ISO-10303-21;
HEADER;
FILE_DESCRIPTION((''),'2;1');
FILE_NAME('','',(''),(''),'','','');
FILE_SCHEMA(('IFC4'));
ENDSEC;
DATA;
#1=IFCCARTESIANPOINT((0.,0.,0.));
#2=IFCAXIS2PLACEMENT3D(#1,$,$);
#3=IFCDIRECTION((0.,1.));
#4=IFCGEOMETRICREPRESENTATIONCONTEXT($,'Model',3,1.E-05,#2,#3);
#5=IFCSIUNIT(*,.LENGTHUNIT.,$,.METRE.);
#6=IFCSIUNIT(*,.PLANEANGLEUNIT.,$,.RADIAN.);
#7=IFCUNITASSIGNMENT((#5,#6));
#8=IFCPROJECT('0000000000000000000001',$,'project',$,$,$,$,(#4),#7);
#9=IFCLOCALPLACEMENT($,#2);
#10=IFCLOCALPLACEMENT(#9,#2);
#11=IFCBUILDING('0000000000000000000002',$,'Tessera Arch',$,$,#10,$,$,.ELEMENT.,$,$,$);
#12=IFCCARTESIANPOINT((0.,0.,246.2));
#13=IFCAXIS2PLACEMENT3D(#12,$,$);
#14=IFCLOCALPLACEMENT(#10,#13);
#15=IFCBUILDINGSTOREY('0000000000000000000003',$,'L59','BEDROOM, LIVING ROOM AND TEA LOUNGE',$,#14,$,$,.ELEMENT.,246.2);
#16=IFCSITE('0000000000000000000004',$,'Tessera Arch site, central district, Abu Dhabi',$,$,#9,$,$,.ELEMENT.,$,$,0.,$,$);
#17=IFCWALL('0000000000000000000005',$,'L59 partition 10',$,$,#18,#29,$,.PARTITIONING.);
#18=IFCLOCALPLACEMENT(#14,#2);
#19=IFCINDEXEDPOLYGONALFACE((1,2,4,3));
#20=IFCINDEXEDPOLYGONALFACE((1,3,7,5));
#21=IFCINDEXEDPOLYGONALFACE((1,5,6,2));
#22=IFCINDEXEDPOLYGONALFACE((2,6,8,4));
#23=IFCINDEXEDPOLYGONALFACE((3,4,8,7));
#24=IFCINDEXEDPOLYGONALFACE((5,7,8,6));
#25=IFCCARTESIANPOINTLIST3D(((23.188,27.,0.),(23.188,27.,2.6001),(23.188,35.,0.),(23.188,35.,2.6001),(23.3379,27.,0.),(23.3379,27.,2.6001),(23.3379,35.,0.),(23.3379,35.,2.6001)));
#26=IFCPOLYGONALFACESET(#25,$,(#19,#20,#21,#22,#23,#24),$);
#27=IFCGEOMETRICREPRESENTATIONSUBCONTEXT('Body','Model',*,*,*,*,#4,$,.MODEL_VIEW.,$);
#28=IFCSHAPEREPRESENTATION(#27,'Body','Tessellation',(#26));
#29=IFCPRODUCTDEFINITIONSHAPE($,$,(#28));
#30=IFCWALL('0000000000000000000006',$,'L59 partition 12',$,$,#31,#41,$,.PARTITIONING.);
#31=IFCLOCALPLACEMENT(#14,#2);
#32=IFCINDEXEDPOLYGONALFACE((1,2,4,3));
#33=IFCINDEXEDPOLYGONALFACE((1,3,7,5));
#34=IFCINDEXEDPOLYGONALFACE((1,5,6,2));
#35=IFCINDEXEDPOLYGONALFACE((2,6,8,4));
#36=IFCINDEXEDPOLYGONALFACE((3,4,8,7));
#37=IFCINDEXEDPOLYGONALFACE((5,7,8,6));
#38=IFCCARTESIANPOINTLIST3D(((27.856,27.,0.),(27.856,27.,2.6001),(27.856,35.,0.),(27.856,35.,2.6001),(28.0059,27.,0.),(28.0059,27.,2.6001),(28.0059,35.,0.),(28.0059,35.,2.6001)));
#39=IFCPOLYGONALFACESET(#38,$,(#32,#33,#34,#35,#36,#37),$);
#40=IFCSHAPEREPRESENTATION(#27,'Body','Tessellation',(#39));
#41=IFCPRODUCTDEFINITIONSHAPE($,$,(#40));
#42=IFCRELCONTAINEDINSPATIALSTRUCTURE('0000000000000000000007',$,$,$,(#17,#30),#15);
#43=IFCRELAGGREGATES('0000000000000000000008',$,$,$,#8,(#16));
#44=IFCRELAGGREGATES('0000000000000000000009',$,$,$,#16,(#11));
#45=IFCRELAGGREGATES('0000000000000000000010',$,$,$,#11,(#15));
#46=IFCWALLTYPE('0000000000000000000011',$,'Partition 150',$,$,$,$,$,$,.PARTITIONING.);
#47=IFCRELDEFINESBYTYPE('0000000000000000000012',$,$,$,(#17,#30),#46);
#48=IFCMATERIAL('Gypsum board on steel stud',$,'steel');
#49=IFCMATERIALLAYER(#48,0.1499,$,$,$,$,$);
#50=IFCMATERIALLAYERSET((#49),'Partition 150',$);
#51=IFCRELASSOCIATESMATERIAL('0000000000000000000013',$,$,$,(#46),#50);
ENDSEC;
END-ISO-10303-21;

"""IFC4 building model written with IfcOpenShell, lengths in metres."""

from ifc_helpers import new_model, si_unit, direction, frame, frame_2d, origin, place, context, subcontext, project, spatial, rectangle, extrude, material, layer, layer_set, type_object, element, save


model = new_model("IFC4")

# Units and contexts
model_context = context("Model", 3, precision=1e-05, world=origin(), true_north=direction((0.0, 1.0)))
body_context = subcontext(model_context, "Body", "Model", "MODEL_VIEW")
ifc_project = project(units=[si_unit("LENGTHUNIT", "METRE"), si_unit("PLANEANGLEUNIT", "RADIAN")], contexts=[model_context])

# Site, building, storey
site_placement = place(None, origin())
site = spatial("IfcSite", under=ifc_project, at=site_placement, Name="Tessera Arch site, central district, Abu Dhabi", CompositionType="ELEMENT", RefElevation=0.0)
building_placement = place(site_placement, origin())
building = spatial("IfcBuilding", under=site, at=building_placement, Name="Tessera Arch", CompositionType="ELEMENT")
storey_placement = place(building_placement, frame((0.0, 0.0, 246.2)))
storey = spatial("IfcBuildingStorey", under=building, at=storey_placement, Name="L59", Description="BEDROOM, LIVING ROOM AND TEA LOUNGE", CompositionType="ELEMENT", Elevation=246.2)

# Shared definitions
ifc_material_1 = material(Name="Gypsum board on steel stud", Category="steel")
ifc_layer_1 = layer(ifc_material_1, 0.1499)
ifc_layer_set_1 = layer_set([ifc_layer_1], Name="Partition 150")
wall_type = type_object("IfcWallType", Name="Partition 150", PredefinedType="PARTITIONING", material=ifc_layer_set_1)

# Walls
for number, where, z_axis, x_axis, name in (
    (1, (23.2629, 27.0, 0.0), (0.0, 0.0, 1.0), (0.0, 1.0, 0.0), "L59 partition 10"),
    (2, (27.9309, 27.0, 0.0), (0.0, 0.0, 1.0), (0.0, 1.0, 0.0), "L59 partition 12"),
):
    element("IfcWall", number, at=place(storey_placement, frame(where, z_axis=z_axis, x_axis=x_axis)), inside=storey, type_object=wall_type, Name=name, PredefinedType="PARTITIONING", context=body_context, shape_type="SweptSolid", body=[
        extrude(rectangle(XDim=8.0, YDim=0.1499, at=frame_2d((4.0, 0.0))), origin(), (0.0, 0.0, 1.0), 2.6001),
    ])

save(model, "model.ifc")
